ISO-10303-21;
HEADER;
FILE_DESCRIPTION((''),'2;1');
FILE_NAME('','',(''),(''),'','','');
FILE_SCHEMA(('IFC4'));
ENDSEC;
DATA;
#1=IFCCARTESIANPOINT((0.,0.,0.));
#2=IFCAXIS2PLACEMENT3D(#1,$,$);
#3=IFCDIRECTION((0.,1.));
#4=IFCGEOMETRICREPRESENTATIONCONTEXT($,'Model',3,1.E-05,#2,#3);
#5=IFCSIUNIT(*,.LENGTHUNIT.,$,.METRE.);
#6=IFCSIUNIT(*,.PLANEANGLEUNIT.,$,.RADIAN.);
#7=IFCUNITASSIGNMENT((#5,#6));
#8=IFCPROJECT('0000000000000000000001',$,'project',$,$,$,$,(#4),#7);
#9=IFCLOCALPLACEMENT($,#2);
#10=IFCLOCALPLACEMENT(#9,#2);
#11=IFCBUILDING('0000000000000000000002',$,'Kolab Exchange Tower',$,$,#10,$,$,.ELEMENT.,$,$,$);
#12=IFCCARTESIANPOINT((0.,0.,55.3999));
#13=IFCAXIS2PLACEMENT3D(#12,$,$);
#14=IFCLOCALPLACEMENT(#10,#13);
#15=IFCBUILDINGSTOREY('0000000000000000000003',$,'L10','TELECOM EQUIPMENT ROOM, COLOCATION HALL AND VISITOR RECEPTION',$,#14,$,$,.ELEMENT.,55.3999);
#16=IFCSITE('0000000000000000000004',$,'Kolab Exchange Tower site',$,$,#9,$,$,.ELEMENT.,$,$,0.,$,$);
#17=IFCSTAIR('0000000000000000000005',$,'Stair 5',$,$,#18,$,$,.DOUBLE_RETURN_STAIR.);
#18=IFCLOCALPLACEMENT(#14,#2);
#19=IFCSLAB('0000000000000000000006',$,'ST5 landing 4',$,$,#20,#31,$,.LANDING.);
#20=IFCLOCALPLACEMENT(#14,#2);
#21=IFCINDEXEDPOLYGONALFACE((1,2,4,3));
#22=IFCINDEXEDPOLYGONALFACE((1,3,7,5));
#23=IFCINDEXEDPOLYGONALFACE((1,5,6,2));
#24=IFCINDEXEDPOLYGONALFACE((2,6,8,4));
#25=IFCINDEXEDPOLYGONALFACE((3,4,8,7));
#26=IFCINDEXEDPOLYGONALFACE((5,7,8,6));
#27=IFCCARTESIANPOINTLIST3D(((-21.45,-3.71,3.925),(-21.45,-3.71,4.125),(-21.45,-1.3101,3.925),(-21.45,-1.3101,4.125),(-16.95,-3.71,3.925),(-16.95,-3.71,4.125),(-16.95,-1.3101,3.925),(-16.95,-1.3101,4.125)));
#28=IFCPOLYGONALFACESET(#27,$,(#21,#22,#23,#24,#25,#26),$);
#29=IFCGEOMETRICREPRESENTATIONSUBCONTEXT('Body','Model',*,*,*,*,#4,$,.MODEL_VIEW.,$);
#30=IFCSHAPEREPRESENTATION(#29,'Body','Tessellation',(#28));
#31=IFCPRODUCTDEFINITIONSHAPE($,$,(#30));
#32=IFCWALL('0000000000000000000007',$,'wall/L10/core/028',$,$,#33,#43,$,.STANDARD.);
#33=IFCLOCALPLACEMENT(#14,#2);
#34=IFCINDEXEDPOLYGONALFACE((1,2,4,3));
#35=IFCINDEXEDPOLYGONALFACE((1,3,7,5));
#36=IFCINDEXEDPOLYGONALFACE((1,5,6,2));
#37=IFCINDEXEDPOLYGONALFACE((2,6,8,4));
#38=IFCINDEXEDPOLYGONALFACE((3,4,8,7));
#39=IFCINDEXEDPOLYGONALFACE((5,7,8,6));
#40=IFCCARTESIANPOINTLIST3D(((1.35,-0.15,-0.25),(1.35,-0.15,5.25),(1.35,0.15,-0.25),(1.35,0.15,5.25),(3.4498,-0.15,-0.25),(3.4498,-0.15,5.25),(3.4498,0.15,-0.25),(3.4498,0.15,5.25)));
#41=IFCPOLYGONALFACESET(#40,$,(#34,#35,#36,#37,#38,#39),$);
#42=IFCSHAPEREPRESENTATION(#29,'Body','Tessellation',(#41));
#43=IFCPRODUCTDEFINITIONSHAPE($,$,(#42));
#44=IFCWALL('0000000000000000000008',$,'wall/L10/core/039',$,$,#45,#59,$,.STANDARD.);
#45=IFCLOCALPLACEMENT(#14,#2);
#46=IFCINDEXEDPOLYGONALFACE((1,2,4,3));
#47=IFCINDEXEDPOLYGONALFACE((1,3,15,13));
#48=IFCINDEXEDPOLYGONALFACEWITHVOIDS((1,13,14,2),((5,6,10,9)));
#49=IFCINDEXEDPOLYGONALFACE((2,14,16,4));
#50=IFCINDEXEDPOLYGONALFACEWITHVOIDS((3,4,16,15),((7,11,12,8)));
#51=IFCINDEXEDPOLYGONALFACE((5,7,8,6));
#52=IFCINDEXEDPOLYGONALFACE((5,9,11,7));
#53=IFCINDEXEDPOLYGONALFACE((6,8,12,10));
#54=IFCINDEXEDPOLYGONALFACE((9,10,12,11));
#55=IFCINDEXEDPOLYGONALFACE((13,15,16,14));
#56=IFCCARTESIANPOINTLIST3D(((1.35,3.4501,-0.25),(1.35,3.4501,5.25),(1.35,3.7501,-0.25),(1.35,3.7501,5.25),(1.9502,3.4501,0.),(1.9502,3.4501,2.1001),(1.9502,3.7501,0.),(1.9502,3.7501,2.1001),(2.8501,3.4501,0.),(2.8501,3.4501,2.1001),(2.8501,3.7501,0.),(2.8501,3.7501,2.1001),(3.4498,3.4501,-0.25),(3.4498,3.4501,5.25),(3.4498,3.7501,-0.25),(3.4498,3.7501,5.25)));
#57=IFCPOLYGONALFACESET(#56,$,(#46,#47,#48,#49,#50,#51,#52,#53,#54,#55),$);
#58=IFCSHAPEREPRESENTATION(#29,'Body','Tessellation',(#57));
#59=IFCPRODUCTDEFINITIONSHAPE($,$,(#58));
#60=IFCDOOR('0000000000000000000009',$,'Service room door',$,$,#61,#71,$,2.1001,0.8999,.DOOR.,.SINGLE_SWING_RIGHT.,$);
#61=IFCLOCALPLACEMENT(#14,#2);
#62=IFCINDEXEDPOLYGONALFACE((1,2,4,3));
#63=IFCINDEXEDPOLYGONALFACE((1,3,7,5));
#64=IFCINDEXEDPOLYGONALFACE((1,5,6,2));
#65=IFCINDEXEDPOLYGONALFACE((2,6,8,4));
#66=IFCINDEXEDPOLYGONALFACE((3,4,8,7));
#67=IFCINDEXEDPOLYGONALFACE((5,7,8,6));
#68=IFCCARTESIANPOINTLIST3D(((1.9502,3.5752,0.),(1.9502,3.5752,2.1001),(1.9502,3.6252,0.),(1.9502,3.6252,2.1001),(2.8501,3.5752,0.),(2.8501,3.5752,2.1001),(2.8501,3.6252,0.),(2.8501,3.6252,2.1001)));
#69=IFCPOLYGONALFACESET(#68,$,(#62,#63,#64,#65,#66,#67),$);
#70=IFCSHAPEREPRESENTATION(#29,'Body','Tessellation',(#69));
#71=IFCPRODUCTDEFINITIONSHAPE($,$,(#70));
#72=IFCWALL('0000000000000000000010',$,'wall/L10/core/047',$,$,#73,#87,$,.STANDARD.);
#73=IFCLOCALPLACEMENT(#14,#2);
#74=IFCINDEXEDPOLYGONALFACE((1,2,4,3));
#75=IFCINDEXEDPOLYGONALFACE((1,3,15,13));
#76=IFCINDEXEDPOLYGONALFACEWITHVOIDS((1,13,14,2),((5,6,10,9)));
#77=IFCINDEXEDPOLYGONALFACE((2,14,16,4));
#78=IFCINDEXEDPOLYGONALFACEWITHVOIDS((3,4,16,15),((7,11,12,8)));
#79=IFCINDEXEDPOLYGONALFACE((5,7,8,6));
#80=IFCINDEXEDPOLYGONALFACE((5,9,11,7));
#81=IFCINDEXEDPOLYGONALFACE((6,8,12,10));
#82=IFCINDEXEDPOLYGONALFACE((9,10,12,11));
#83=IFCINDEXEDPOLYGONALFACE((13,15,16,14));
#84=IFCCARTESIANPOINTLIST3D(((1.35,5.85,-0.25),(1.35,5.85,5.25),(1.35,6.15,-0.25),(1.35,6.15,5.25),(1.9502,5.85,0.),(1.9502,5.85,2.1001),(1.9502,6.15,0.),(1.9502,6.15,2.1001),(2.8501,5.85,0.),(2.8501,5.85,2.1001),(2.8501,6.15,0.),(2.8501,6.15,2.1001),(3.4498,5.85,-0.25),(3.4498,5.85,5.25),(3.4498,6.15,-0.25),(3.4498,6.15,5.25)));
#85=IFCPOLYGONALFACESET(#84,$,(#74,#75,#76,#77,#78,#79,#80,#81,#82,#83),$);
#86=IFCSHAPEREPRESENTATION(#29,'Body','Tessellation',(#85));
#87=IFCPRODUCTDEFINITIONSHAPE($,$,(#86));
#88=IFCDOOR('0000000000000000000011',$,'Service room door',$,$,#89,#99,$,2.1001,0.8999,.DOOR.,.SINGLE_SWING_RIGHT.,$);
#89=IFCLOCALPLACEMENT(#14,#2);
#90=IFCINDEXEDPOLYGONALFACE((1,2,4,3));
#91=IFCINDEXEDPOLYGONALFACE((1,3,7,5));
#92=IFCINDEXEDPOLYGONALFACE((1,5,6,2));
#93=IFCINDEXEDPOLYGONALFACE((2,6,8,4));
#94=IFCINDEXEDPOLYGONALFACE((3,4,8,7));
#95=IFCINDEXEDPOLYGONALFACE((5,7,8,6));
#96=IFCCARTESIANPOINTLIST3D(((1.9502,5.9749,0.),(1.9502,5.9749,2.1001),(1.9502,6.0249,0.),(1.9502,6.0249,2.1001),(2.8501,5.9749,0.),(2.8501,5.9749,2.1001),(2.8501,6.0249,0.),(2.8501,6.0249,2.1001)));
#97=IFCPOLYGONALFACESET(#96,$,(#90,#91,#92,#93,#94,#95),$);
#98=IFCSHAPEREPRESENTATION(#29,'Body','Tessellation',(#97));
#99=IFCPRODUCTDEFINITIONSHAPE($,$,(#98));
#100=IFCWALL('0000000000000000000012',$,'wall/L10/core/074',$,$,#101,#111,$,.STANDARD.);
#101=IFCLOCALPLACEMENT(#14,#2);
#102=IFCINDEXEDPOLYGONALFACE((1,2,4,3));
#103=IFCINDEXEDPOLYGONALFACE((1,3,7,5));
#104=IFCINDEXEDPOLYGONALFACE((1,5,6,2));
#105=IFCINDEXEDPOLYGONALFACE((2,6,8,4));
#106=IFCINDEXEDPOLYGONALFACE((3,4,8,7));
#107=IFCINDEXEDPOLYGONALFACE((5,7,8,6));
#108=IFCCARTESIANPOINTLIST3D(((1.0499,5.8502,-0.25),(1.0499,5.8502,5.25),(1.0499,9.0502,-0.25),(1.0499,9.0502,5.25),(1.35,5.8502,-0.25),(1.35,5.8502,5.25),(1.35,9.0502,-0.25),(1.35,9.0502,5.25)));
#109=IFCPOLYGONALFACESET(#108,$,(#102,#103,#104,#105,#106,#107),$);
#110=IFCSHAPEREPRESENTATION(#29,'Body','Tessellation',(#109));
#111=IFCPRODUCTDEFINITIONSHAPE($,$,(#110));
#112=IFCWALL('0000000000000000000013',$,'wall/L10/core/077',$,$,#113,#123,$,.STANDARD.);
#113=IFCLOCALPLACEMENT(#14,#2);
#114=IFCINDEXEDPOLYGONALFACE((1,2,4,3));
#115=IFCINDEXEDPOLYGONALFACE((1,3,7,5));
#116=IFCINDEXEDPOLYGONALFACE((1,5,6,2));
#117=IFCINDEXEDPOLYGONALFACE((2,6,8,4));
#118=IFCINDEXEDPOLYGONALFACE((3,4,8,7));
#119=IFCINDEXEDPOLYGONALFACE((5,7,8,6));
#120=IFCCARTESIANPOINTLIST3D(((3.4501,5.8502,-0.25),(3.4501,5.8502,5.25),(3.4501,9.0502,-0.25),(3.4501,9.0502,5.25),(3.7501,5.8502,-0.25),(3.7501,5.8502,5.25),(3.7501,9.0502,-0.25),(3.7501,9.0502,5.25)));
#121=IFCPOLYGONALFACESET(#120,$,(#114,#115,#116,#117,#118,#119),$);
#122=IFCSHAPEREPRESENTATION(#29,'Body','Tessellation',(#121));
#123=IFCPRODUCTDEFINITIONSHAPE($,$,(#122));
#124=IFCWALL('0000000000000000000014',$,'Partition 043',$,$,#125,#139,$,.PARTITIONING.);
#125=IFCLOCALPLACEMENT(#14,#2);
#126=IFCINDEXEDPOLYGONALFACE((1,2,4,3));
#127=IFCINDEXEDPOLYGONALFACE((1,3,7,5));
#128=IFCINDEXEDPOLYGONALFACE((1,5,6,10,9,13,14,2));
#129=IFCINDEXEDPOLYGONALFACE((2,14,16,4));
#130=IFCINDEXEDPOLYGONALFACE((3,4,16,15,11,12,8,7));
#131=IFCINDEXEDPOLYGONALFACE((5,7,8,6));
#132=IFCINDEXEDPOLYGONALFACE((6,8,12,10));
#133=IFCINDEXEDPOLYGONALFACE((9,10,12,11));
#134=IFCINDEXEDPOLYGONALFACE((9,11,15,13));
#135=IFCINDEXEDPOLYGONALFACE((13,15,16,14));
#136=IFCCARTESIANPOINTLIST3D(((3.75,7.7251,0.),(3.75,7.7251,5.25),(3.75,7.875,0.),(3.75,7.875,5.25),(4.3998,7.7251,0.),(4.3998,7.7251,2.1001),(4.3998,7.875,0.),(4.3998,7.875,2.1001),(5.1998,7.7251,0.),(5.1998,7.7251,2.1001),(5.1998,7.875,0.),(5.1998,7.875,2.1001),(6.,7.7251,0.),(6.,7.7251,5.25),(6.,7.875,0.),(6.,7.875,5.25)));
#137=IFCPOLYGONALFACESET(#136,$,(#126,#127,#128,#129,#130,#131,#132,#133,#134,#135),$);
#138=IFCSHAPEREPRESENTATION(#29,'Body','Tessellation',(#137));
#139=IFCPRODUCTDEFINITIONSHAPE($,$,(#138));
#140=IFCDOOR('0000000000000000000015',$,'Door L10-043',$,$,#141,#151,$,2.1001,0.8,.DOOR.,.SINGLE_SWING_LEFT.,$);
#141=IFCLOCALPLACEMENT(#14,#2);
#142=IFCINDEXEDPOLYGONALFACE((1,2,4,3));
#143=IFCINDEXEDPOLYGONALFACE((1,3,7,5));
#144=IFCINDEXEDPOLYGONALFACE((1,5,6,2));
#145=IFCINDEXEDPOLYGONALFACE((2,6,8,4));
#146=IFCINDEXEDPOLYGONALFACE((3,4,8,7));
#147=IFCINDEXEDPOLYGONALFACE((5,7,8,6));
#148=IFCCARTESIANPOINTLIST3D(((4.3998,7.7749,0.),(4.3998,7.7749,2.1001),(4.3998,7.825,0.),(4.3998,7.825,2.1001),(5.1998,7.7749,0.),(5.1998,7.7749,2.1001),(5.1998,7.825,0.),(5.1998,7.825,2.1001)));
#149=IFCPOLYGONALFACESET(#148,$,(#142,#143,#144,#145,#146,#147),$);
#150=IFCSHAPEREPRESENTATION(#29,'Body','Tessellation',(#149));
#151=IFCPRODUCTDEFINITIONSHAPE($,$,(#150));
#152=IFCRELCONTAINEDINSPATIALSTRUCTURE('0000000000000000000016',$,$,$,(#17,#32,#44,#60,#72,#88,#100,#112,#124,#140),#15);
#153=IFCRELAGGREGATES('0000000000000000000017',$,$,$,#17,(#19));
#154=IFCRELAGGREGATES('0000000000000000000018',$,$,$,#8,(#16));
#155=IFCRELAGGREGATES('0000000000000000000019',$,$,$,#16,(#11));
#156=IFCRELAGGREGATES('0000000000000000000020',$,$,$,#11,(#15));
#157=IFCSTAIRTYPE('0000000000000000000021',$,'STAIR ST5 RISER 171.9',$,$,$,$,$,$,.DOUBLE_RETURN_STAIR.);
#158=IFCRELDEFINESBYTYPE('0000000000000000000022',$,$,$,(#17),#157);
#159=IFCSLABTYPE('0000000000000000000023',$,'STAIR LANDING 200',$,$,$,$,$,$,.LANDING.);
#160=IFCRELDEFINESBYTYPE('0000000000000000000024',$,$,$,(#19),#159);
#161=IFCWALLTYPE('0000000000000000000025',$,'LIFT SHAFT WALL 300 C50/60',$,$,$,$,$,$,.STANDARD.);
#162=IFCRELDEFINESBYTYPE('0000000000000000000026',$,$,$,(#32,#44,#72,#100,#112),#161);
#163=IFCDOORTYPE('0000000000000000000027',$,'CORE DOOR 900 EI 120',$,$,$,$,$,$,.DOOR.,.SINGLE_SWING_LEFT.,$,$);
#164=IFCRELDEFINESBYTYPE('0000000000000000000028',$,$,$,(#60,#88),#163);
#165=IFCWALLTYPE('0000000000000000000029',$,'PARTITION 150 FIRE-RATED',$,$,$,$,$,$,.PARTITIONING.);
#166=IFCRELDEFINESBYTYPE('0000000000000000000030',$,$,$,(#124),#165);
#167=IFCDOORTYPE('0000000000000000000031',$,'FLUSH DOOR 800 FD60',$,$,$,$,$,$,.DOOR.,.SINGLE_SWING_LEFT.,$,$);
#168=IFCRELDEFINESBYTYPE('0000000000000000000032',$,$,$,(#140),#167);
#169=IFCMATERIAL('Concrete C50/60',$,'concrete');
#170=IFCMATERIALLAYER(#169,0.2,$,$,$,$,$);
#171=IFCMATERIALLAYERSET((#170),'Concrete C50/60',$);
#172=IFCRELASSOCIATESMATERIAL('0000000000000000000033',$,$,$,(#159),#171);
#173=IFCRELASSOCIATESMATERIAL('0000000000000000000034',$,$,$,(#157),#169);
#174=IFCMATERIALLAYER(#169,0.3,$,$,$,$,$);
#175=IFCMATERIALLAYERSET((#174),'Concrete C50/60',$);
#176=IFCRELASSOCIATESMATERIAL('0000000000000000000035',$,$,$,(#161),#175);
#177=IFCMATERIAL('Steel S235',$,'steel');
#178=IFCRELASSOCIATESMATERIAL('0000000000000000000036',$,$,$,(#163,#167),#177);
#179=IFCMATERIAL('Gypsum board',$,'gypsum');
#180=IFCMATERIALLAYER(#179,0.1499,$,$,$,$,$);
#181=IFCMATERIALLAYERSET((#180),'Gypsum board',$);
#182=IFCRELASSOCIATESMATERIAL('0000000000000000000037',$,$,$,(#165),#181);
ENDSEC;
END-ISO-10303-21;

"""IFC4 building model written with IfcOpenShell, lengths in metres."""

from ifc_helpers import new_model, si_unit, direction, frame, frame_2d, origin, place, context, subcontext, project, spatial, polyline, rectangle, outline, extrude, material, layer, layer_set, type_object, element, fill, aggregate, save


model = new_model("IFC4")

# Units and contexts
model_context = context("Model", 3, precision=1e-05, world=origin(), true_north=direction((0.0, 1.0)))
body_context = subcontext(model_context, "Body", "Model", "MODEL_VIEW")
ifc_project = project(units=[si_unit("LENGTHUNIT", "METRE"), si_unit("PLANEANGLEUNIT", "RADIAN")], contexts=[model_context])

# Site, building, storey
site_placement = place(None, origin())
site = spatial("IfcSite", under=ifc_project, at=site_placement, Name="Kolab Exchange Tower site", CompositionType="ELEMENT", RefElevation=0.0)
building_placement = place(site_placement, origin())
building = spatial("IfcBuilding", under=site, at=building_placement, Name="Kolab Exchange Tower", CompositionType="ELEMENT")
storey_placement = place(building_placement, frame((0.0, 0.0, 55.3999)))
storey = spatial("IfcBuildingStorey", under=building, at=storey_placement, Name="L10", Description="TELECOM EQUIPMENT ROOM, COLOCATION HALL AND VISITOR RECEPTION", CompositionType="ELEMENT", Elevation=55.3999)

# Stair, slab
ifc_material_1 = material(Name="Concrete C50/60", Category="concrete")
ifc_layer_1 = layer(ifc_material_1, 0.2)
ifc_layer_set_1 = layer_set([ifc_layer_1], Name="Concrete C50/60")
slab_type = type_object("IfcSlabType", Name="STAIR LANDING 200", PredefinedType="LANDING", material=ifc_layer_set_1)
stair_type_1 = type_object("IfcStairType", Name="STAIR ST5 RISER 171.9", PredefinedType="DOUBLE_RETURN_STAIR", material=ifc_material_1)
stair_1_placement = place(storey_placement, origin())
stair_1 = element("IfcStair", 1, at=stair_1_placement, inside=storey, type_object=stair_type_1, Name="Stair 5", PredefinedType="DOUBLE_RETURN_STAIR")
slab_1_placement = place(storey_placement, frame((0.0, 0.0, 3.925)))
slab_1 = element("IfcSlab", 2, at=slab_1_placement, type_object=slab_type, Name="ST5 landing 4", PredefinedType="LANDING", context=body_context, shape_type="SweptSolid", body=[
    extrude(outline(polyline([(-21.45, -3.71), (-16.95, -3.71), (-16.95, -1.3101), (-21.45, -1.3101), (-21.45, -3.71)])), origin(), (0.0, 0.0, 1.0), 0.2),
])
aggregate(stair_1, [slab_1])

# Wall
ifc_layer_2 = layer(ifc_material_1, 0.3)
ifc_layer_set_2 = layer_set([ifc_layer_2], Name="Concrete C50/60")
wall_type_1 = type_object("IfcWallType", Name="LIFT SHAFT WALL 300 C50/60", PredefinedType="STANDARD", material=ifc_layer_set_2)
wall_1_placement = place(storey_placement, frame((1.3501, 0.0, -0.25), z_axis=(0.0, 0.0, 1.0), x_axis=(1.0, 0.0, 0.0)))
element("IfcWall", 3, at=wall_1_placement, inside=storey, type_object=wall_type_1, Name="wall/L10/core/028", PredefinedType="STANDARD", context=body_context, shape_type="SweptSolid", body=[
    extrude(rectangle(XDim=2.0999, YDim=0.3, at=frame_2d((1.0498, 0.0))), origin(), (0.0, 0.0, 1.0), 5.5),
])

# Walls, openings, doors
wall_2_placement = place(storey_placement, frame((1.3501, 3.6001, -0.25), z_axis=(0.0, 0.0, 1.0), x_axis=(1.0, 0.0, 0.0)))
wall_2 = element("IfcWall", 4, at=wall_2_placement, inside=storey, type_object=wall_type_1, Name="wall/L10/core/039", PredefinedType="STANDARD", context=body_context, shape_type="SweptSolid", body=[
    extrude(rectangle(XDim=2.0999, YDim=0.3, at=frame_2d((1.0498, 0.0))), origin(), (0.0, 0.0, 1.0), 5.5),
])
opening_1_placement = place(wall_2_placement, frame((0.6001, 0.0, 0.25)))
opening_1 = element("IfcOpeningElement", 5, at=opening_1_placement, cuts=wall_2, PredefinedType="OPENING", context=body_context, shape_type="SweptSolid", body=[
    extrude(rectangle(XDim=0.8999, YDim=2.1001, at=frame_2d((0.45, 1.05))), frame((0.0, 0.1602, 0.0), z_axis=(0.0, -1.0, 0.0), x_axis=(1.0, 0.0, 0.0)), (0.0, 0.0, 1.0), 0.3201),
])
ifc_material_2 = material(Name="Steel S235", Category="steel")
door_type_1 = type_object("IfcDoorType", Name="CORE DOOR 900 EI 120", OperationType="SINGLE_SWING_LEFT", PredefinedType="DOOR", material=ifc_material_2)
door_1_placement = place(opening_1_placement, frame((0.8999, 0.0, 0.0), z_axis=(0.0, 0.0, 1.0), x_axis=(-1.0, 0.0, 0.0)))
door_1 = element("IfcDoor", 6, at=door_1_placement, inside=storey, type_object=door_type_1, Name="Service room door", OperationType="SINGLE_SWING_RIGHT", OverallHeight=2.1001, OverallWidth=0.8999, PredefinedType="DOOR", context=body_context, shape_type="SweptSolid", body=[
    extrude(rectangle(XDim=0.8999, YDim=2.1001, at=frame_2d((0.45, 1.05))), frame((0.0, 0.0249, 0.0), z_axis=(0.0, -1.0, 0.0), x_axis=(1.0, 0.0, 0.0)), (0.0, 0.0, 1.0), 0.05),
])
fill(opening_1, door_1)
wall_3_placement = place(storey_placement, frame((1.3501, 6.0, -0.25), z_axis=(0.0, 0.0, 1.0), x_axis=(1.0, 0.0, 0.0)))
wall_3 = element("IfcWall", 7, at=wall_3_placement, inside=storey, type_object=wall_type_1, Name="wall/L10/core/047", PredefinedType="STANDARD", context=body_context, shape_type="SweptSolid", body=[
    extrude(rectangle(XDim=2.0999, YDim=0.3, at=frame_2d((1.0498, 0.0))), origin(), (0.0, 0.0, 1.0), 5.5),
])
opening_2_placement = place(wall_3_placement, frame((0.6001, 0.0, 0.25)))
opening_2 = element("IfcOpeningElement", 8, at=opening_2_placement, cuts=wall_3, PredefinedType="OPENING", context=body_context, shape_type="SweptSolid", body=[
    extrude(rectangle(XDim=0.8999, YDim=2.1001, at=frame_2d((0.45, 1.05))), frame((0.0, 0.1602, 0.0), z_axis=(0.0, -1.0, 0.0), x_axis=(1.0, 0.0, 0.0)), (0.0, 0.0, 1.0), 0.3201),
])
door_2_placement = place(opening_2_placement, origin())
door_2 = element("IfcDoor", 9, at=door_2_placement, inside=storey, type_object=door_type_1, Name="Service room door", OperationType="SINGLE_SWING_RIGHT", OverallHeight=2.1001, OverallWidth=0.8999, PredefinedType="DOOR", context=body_context, shape_type="SweptSolid", body=[
    extrude(rectangle(XDim=0.8999, YDim=2.1001, at=frame_2d((0.45, 1.05))), frame((0.0, 0.0249, 0.0), z_axis=(0.0, -1.0, 0.0), x_axis=(1.0, 0.0, 0.0)), (0.0, 0.0, 1.0), 0.05),
])
fill(opening_2, door_2)

# Walls
for number, where, z_axis, x_axis, name in (
    (10, (1.2, 5.8501, -0.25), (0.0, 0.0, 1.0), (0.0, 1.0, 0.0), "wall/L10/core/074"),
    (11, (3.6001, 5.8501, -0.25), (0.0, 0.0, 1.0), (0.0, 1.0, 0.0), "wall/L10/core/077"),
):
    element("IfcWall", number, at=place(storey_placement, frame(where, z_axis=z_axis, x_axis=x_axis)), inside=storey, type_object=wall_type_1, Name=name, PredefinedType="STANDARD", context=body_context, shape_type="SweptSolid", body=[
        extrude(rectangle(XDim=3.2, YDim=0.3, at=frame_2d((1.6001, 0.0))), origin(), (0.0, 0.0, 1.0), 5.5),
    ])

# Wall, opening, door
ifc_material_3 = material(Name="Gypsum board", Category="gypsum")
ifc_layer_3 = layer(ifc_material_3, 0.1499)
ifc_layer_set_3 = layer_set([ifc_layer_3], Name="Gypsum board")
wall_type_2 = type_object("IfcWallType", Name="PARTITION 150 FIRE-RATED", PredefinedType="PARTITIONING", material=ifc_layer_set_3)
wall_4_placement = place(storey_placement, frame((3.75, 7.8, 0.0), z_axis=(0.0, 0.0, 1.0), x_axis=(1.0, 0.0, 0.0)))
wall_4 = element("IfcWall", 12, at=wall_4_placement, inside=storey, type_object=wall_type_2, Name="Partition 043", PredefinedType="PARTITIONING", context=body_context, shape_type="SweptSolid", body=[
    extrude(rectangle(XDim=2.25, YDim=0.1499, at=frame_2d((1.125, 0.0))), origin(), (0.0, 0.0, 1.0), 5.25),
])
opening_3_placement = place(wall_4_placement, frame((0.6499, 0.0, 0.0)))
opening_3 = element("IfcOpeningElement", 13, at=opening_3_placement, cuts=wall_4, PredefinedType="OPENING", context=body_context, shape_type="SweptSolid", body=[
    extrude(rectangle(XDim=0.8, YDim=2.1001, at=frame_2d((0.3999, 1.05))), frame((0.0, 0.085, 0.0), z_axis=(0.0, -1.0, 0.0), x_axis=(1.0, 0.0, 0.0)), (0.0, 0.0, 1.0), 0.1699),
])
door_type_2 = type_object("IfcDoorType", Name="FLUSH DOOR 800 FD60", OperationType="SINGLE_SWING_LEFT", PredefinedType="DOOR", material=ifc_material_2)
door_3_placement = place(opening_3_placement, origin())
door_3 = element("IfcDoor", 14, at=door_3_placement, inside=storey, type_object=door_type_2, Name="Door L10-043", OperationType="SINGLE_SWING_LEFT", OverallHeight=2.1001, OverallWidth=0.8, PredefinedType="DOOR", context=body_context, shape_type="SweptSolid", body=[
    extrude(rectangle(XDim=0.8, YDim=2.1001, at=frame_2d((0.3999, 1.05))), frame((0.0, 0.0249, 0.0), z_axis=(0.0, -1.0, 0.0), x_axis=(1.0, 0.0, 0.0)), (0.0, 0.0, 1.0), 0.05),
])
fill(opening_3, door_3)

save(model, "model.ifc")
